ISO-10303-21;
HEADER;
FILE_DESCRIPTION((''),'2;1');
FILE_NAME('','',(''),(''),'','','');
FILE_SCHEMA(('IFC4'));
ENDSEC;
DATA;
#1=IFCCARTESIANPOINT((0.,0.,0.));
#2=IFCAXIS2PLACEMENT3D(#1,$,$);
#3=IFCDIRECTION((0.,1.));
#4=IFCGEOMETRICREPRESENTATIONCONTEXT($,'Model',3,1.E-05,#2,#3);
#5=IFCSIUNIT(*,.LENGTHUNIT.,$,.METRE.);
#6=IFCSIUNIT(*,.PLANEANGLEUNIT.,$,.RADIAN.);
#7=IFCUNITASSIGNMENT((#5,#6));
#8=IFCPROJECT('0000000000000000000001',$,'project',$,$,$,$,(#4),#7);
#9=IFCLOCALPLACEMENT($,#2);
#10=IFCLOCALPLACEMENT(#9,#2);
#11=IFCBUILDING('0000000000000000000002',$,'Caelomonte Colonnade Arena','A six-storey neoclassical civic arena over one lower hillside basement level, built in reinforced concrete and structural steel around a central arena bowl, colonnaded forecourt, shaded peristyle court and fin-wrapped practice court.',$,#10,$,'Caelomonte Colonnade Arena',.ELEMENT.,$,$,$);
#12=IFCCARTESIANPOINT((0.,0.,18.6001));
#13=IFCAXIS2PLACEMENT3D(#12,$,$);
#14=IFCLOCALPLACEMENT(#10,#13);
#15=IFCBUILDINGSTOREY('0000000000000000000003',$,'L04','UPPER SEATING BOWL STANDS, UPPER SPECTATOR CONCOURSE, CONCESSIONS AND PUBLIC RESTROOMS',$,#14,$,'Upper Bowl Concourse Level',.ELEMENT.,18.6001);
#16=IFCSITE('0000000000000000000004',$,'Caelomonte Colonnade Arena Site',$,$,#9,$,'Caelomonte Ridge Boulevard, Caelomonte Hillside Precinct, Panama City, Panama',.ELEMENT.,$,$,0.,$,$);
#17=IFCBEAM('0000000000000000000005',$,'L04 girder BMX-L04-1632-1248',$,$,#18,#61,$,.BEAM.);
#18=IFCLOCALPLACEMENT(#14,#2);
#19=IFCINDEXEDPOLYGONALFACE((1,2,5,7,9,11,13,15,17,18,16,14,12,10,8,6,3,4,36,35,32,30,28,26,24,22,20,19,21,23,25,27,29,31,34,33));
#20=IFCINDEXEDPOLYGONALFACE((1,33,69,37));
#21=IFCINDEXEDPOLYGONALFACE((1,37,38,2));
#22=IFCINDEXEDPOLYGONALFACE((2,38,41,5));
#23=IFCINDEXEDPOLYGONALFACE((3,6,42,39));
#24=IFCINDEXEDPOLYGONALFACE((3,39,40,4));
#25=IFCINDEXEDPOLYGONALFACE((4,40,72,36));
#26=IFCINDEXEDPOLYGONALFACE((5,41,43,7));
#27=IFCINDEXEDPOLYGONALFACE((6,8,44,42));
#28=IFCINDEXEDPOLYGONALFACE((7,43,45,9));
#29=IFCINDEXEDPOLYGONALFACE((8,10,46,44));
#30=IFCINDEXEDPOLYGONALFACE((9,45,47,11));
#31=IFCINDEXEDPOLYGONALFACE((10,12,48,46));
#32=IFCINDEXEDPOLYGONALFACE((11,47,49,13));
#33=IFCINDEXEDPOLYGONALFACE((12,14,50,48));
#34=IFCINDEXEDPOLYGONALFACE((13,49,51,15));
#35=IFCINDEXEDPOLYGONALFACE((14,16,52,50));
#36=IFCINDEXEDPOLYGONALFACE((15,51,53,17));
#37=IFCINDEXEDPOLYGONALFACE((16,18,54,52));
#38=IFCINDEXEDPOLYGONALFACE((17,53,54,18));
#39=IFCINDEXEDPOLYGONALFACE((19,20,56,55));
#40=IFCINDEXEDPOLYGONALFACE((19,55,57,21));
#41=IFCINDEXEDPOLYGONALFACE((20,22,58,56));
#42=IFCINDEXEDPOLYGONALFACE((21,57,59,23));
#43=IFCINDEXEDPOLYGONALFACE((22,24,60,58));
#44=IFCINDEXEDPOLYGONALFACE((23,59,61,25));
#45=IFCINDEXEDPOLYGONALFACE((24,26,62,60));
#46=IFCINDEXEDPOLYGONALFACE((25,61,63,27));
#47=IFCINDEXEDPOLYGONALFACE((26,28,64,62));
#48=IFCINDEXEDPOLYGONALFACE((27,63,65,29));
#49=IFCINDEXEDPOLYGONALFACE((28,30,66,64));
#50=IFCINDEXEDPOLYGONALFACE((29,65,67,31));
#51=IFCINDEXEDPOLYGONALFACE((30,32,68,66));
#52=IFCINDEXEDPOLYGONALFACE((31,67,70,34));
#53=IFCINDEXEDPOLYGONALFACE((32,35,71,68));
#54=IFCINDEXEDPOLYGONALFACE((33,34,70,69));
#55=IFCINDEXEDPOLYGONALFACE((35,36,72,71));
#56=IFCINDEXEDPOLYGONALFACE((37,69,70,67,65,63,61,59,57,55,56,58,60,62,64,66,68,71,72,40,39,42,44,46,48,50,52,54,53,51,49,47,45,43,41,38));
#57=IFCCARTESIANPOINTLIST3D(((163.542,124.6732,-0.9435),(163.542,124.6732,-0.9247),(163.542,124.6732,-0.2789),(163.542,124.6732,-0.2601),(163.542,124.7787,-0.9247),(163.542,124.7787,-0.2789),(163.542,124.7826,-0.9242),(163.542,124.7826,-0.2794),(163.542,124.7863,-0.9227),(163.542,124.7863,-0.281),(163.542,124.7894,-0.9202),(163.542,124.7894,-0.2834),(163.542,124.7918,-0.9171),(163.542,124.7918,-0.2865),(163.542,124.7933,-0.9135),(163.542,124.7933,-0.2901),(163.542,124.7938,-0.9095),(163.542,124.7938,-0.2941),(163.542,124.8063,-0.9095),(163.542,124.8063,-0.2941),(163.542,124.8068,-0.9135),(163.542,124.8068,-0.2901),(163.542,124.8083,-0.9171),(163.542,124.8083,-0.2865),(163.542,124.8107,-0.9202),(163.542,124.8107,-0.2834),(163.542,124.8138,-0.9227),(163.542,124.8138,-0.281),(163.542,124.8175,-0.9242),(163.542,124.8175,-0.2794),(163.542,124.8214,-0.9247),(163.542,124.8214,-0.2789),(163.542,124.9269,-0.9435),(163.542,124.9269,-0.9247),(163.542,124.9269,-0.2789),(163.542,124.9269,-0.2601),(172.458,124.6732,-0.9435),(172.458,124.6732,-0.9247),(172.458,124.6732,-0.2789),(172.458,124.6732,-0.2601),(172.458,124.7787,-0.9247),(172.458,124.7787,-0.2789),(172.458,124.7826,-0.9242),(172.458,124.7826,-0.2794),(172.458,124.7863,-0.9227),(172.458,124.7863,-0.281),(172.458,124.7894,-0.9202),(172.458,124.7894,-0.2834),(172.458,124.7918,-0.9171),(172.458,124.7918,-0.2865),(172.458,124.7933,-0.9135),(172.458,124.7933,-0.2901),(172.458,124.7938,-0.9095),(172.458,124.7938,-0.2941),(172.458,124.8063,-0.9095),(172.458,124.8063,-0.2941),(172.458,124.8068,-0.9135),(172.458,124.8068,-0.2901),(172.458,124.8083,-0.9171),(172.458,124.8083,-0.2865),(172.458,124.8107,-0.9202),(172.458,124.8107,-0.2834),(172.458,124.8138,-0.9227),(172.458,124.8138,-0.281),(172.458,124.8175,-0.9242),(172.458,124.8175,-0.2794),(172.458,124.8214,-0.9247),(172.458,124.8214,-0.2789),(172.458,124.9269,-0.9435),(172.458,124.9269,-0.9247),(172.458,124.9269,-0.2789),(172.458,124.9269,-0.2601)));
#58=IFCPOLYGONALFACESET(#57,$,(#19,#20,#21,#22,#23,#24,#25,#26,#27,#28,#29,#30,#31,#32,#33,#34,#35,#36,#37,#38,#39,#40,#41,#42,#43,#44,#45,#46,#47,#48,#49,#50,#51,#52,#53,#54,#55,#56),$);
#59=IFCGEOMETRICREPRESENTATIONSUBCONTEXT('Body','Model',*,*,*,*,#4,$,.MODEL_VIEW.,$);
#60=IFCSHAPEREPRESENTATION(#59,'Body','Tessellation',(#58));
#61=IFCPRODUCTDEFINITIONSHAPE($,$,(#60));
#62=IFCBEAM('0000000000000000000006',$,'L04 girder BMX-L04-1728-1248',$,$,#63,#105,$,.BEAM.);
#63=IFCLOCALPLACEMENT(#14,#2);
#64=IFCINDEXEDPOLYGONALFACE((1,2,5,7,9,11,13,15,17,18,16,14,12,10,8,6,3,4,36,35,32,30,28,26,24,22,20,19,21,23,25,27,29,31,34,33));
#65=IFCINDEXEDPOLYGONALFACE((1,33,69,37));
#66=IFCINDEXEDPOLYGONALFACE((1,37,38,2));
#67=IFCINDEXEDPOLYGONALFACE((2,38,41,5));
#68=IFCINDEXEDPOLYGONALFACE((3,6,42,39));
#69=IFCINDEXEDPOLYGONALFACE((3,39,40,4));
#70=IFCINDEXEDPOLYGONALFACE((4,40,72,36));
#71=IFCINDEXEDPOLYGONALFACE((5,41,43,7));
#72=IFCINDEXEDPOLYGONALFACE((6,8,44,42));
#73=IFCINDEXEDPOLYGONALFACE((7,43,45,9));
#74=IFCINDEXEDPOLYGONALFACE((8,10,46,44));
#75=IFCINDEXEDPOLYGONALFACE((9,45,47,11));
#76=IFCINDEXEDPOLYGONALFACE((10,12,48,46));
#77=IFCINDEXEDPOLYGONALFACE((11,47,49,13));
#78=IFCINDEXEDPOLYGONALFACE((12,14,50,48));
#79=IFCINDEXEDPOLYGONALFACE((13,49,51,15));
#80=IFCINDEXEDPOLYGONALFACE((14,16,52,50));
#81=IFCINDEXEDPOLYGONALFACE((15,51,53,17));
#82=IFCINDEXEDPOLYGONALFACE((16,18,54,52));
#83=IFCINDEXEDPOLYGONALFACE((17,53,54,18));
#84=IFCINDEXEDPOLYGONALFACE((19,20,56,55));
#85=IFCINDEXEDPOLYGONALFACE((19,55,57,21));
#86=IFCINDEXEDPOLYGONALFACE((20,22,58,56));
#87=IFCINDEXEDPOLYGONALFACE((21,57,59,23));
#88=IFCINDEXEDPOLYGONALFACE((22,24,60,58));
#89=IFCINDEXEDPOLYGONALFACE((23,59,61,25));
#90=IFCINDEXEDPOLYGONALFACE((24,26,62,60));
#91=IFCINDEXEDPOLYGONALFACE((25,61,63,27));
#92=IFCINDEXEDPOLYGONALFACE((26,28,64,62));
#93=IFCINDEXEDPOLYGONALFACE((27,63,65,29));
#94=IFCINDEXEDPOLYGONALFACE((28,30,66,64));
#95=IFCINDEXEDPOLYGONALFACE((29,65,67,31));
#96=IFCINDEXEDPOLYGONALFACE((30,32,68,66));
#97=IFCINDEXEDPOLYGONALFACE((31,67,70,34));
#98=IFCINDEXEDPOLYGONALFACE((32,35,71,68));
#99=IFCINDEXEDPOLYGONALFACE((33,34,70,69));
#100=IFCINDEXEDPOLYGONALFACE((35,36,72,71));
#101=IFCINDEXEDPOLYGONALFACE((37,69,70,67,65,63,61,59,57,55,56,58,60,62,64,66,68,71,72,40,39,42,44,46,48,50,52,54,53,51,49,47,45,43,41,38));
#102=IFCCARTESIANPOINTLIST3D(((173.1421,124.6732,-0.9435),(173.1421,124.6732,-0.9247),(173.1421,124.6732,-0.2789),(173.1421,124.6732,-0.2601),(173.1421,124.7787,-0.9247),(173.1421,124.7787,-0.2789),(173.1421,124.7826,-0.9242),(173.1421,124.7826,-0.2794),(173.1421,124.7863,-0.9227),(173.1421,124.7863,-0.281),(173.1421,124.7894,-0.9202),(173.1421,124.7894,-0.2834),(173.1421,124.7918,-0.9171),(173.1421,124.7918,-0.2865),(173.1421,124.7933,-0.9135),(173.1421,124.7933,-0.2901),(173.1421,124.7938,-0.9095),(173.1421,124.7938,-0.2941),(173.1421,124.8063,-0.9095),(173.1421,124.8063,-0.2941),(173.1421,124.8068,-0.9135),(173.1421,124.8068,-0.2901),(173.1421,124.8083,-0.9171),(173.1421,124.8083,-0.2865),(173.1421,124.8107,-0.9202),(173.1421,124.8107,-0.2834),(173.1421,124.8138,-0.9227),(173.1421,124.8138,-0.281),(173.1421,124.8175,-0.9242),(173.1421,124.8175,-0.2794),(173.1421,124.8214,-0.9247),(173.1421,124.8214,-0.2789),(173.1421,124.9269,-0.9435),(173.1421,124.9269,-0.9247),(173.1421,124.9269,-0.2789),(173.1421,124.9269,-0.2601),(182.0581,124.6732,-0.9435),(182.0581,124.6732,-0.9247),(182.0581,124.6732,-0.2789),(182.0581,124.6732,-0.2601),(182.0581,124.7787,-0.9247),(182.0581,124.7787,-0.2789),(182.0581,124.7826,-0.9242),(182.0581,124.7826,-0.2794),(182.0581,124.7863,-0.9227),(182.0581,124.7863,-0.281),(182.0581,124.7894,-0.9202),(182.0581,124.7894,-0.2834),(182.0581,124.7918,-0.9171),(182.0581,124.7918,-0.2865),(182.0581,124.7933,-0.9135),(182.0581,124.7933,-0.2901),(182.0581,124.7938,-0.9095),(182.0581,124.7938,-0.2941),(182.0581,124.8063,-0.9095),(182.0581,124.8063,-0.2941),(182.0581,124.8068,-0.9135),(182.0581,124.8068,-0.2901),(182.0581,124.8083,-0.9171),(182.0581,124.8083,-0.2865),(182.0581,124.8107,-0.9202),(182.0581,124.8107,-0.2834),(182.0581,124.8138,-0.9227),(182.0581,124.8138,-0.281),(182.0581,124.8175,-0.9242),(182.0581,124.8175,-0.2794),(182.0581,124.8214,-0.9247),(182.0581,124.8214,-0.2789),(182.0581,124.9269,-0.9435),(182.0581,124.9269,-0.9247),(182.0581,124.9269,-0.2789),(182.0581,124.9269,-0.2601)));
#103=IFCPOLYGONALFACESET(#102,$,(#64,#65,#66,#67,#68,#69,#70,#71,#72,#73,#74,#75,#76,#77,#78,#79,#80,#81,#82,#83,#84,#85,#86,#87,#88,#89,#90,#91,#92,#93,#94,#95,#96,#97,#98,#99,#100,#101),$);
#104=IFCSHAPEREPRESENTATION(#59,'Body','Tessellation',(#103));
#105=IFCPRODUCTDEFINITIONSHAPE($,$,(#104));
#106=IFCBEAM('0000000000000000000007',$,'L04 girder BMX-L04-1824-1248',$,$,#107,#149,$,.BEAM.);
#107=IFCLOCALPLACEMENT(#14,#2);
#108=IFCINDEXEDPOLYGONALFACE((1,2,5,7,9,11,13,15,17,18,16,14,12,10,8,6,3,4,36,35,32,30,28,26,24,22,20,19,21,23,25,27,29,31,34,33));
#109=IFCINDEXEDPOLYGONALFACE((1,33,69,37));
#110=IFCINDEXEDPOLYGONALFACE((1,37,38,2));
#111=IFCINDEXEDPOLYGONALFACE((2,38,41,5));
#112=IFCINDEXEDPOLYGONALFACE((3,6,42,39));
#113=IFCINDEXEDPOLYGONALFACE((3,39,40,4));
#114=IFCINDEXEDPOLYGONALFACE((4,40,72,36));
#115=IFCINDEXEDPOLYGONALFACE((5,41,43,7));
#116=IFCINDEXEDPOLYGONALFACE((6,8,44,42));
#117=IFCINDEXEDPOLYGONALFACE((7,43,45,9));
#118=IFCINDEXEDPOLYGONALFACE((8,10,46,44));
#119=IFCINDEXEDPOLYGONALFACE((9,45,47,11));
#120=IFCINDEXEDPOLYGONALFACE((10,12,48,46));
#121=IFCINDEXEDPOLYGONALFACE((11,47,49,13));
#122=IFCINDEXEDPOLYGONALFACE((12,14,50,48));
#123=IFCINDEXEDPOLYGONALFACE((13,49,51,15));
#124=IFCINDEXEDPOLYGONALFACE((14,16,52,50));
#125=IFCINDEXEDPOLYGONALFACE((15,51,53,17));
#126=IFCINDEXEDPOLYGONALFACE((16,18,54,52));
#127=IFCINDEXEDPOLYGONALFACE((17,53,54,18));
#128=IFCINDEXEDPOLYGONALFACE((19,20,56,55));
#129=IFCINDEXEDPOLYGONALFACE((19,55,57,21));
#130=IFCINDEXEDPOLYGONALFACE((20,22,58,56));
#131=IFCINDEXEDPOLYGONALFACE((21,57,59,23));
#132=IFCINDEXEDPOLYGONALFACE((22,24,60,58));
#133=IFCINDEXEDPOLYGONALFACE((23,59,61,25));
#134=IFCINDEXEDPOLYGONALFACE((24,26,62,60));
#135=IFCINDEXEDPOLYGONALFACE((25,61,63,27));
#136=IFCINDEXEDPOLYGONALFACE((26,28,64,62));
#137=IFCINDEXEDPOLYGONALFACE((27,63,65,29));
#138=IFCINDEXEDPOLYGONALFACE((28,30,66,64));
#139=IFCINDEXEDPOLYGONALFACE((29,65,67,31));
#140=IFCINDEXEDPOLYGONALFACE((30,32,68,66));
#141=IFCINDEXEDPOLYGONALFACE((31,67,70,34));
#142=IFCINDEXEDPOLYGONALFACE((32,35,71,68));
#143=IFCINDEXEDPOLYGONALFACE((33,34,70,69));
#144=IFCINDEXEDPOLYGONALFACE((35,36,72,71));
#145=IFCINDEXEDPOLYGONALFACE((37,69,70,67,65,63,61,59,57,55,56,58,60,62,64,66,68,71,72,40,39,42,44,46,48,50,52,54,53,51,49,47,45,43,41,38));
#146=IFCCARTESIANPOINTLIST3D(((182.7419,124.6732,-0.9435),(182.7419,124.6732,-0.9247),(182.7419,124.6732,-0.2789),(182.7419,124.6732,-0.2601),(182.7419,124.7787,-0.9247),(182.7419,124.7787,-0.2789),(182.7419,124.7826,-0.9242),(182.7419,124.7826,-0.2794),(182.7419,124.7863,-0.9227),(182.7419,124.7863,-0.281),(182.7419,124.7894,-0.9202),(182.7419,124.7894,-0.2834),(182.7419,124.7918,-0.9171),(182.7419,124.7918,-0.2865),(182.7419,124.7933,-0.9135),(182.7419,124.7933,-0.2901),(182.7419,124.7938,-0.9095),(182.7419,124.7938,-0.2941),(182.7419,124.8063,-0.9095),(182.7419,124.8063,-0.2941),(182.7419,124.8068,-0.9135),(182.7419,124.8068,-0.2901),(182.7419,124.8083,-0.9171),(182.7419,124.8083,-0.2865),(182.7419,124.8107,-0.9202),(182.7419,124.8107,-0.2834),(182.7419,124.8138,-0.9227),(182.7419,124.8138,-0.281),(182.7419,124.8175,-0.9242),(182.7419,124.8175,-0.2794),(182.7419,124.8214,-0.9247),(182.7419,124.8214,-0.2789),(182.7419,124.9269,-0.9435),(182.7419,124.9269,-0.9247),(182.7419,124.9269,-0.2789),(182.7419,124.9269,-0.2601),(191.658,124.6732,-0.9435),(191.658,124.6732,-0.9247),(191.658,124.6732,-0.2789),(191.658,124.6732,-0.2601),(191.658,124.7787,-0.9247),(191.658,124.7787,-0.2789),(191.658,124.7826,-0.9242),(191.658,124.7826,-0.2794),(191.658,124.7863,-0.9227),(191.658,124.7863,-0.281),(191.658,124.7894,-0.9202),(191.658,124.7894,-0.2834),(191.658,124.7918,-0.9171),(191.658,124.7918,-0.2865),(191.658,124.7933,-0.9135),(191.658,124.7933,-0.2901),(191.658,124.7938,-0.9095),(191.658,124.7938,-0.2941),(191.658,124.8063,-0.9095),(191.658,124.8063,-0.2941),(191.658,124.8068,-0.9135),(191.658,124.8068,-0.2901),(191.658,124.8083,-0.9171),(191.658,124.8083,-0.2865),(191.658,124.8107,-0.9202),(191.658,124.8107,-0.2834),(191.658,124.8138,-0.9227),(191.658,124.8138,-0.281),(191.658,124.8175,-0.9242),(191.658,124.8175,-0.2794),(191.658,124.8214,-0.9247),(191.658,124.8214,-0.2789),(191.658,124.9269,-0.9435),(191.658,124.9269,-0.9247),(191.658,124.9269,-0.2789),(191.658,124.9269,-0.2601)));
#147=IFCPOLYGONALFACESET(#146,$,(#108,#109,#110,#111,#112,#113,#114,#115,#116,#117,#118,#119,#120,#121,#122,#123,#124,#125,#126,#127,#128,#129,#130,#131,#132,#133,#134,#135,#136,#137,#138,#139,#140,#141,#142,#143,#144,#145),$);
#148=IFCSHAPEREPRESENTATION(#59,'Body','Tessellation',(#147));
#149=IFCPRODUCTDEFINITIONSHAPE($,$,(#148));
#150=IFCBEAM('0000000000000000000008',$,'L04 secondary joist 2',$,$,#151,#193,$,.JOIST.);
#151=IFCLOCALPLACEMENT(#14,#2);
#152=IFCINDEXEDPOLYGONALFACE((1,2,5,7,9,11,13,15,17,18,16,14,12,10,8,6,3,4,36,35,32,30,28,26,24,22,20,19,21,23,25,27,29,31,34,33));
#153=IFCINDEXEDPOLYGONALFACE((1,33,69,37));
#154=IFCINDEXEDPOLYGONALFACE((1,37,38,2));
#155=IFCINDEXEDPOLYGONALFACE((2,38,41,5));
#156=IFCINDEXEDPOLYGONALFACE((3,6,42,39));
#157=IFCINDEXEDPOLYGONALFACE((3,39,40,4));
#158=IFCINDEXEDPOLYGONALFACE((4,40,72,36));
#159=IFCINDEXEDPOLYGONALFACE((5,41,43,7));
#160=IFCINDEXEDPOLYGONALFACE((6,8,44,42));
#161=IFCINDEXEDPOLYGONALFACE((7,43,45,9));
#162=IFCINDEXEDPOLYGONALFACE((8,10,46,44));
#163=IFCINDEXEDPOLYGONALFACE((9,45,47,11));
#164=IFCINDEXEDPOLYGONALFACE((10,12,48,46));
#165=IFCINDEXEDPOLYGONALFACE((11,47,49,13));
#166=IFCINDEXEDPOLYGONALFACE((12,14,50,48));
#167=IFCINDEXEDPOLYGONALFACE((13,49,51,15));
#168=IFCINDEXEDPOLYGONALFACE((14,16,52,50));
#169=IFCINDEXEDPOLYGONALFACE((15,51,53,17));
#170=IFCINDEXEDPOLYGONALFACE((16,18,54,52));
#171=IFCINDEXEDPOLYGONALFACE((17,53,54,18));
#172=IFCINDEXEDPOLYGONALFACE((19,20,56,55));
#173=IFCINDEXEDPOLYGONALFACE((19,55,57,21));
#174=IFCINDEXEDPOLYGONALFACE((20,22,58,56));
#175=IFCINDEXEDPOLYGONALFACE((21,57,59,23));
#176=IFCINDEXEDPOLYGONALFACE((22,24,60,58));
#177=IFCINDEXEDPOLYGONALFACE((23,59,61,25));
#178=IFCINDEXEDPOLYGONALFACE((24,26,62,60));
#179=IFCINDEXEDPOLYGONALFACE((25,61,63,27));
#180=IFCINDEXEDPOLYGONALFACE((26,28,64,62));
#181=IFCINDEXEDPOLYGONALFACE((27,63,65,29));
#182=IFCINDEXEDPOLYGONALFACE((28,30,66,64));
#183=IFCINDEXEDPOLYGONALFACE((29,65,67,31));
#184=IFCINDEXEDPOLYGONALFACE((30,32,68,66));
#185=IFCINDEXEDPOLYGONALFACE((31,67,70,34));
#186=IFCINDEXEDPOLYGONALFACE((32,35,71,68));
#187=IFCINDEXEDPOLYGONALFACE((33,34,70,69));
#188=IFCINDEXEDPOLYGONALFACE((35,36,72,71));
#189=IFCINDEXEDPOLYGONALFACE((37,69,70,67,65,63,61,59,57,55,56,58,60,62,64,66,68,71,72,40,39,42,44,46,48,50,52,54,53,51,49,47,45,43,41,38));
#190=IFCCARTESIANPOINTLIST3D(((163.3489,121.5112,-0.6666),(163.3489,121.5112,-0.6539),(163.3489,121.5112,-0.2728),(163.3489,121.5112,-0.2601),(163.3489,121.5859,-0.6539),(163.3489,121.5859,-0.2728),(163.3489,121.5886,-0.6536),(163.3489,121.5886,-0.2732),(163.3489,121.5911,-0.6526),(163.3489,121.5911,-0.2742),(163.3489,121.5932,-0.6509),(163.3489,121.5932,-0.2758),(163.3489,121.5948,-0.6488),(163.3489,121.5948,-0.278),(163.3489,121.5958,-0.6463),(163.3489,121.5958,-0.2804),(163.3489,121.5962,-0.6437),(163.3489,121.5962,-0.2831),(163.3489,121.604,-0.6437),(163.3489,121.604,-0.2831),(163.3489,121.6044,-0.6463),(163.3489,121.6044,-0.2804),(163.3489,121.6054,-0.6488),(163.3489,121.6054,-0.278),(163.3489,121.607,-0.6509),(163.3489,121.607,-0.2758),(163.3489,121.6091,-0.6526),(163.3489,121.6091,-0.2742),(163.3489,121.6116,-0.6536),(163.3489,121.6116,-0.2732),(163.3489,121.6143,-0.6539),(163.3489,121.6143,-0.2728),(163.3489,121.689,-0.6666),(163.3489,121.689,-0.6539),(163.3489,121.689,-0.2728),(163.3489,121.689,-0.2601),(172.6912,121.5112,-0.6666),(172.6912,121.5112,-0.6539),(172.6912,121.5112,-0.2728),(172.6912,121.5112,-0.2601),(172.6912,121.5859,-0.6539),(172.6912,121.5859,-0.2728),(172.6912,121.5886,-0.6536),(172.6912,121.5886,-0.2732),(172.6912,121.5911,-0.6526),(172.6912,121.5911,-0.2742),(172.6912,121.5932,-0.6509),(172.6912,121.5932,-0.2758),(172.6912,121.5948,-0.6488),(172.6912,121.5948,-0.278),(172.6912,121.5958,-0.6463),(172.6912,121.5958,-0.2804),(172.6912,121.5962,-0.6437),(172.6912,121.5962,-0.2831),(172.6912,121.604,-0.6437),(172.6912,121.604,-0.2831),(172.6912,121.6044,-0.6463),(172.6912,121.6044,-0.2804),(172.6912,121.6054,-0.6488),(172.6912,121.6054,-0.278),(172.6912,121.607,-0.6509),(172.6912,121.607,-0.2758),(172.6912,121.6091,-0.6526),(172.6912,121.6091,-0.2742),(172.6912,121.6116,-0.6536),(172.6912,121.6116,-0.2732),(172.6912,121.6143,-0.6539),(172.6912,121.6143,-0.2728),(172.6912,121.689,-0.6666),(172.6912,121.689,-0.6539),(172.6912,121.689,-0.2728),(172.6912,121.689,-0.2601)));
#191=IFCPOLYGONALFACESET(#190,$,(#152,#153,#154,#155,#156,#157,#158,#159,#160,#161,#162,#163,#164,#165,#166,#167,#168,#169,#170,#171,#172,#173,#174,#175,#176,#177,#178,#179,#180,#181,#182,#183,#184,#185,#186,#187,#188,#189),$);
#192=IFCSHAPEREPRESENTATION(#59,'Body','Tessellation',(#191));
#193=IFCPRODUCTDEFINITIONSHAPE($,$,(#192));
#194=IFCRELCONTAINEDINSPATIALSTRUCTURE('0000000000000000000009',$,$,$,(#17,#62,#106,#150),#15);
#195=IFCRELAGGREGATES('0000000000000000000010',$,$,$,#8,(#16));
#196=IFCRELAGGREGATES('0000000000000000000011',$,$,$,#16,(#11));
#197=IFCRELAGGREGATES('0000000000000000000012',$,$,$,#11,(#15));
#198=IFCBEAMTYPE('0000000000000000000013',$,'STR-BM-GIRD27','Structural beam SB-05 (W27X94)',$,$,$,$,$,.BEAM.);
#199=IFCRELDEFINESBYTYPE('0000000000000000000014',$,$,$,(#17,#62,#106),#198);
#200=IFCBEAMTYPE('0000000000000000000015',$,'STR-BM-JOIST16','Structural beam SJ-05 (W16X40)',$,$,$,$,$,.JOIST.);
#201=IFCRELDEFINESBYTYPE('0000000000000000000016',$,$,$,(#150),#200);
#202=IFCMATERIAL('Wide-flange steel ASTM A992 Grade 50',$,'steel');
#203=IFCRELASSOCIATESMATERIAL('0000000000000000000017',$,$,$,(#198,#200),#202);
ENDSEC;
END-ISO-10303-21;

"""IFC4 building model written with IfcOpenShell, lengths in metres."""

from ifc_helpers import new_model, si_unit, direction, frame, origin, origin_2d, place, context, subcontext, project, spatial, i_section, extrude, material, material_profile, profile_set, type_object, element, save


model = new_model("IFC4")

# Units and contexts
model_context = context("Model", 3, precision=1e-05, world=origin(), true_north=direction((0.0, 1.0)))
body_context = subcontext(model_context, "Body", "Model", "MODEL_VIEW")
ifc_project = project(units=[si_unit("LENGTHUNIT", "METRE"), si_unit("PLANEANGLEUNIT", "RADIAN")], contexts=[model_context])

# Site, building, storey
site_placement = place(None, origin())
site = spatial("IfcSite", under=ifc_project, at=site_placement, Name="Caelomonte Colonnade Arena Site", LongName="Caelomonte Ridge Boulevard, Caelomonte Hillside Precinct, Panama City, Panama", CompositionType="ELEMENT", RefElevation=0.0)
building_placement = place(site_placement, origin())
building = spatial("IfcBuilding", under=site, at=building_placement, Name="Caelomonte Colonnade Arena", Description="A six-storey neoclassical civic arena over one lower hillside basement level, built in reinforced concrete and structural steel around a central arena bowl, colonnaded forecourt, shaded peristyle court and fin-wrapped practice court.", LongName="Caelomonte Colonnade Arena", CompositionType="ELEMENT")
storey_placement = place(building_placement, frame((0.0, 0.0, 18.6001)))
storey = spatial("IfcBuildingStorey", under=building, at=storey_placement, Name="L04", Description="UPPER SEATING BOWL STANDS, UPPER SPECTATOR CONCOURSE, CONCESSIONS AND PUBLIC RESTROOMS", LongName="Upper Bowl Concourse Level", CompositionType="ELEMENT", Elevation=18.6001)

# Shared definitions
ifc_material_1 = material(Name="Wide-flange steel ASTM A992 Grade 50", Category="steel")

# Beams
ifc_material_profile_1 = material_profile(ifc_material_1, i_section(OverallWidth=0.2537, OverallDepth=0.6833, WebThickness=0.0125, FlangeThickness=0.0188, FilletRadius=0.0151, at=origin_2d()), Name="W27X94")
ifc_profile_set_1 = profile_set([ifc_material_profile_1], Name="Wide-flange steel ASTM A992 Grade 50")
beam_type_1 = type_object("IfcBeamType", Name="STR-BM-GIRD27", Description="Structural beam SB-05 (W27X94)", PredefinedType="BEAM", material=ifc_profile_set_1)
for number, where, z_axis, x_axis, name in (
    (1, (163.542, 124.8, -0.6018), (1.0, 0.0, 0.0), (0.0, 1.0, 0.0), "L04 girder BMX-L04-1632-1248"),
    (2, (173.1421, 124.8, -0.6018), (1.0, 0.0, 0.0), (0.0, 1.0, 0.0), "L04 girder BMX-L04-1728-1248"),
    (3, (182.7419, 124.8, -0.6018), (1.0, 0.0, 0.0), (0.0, 1.0, 0.0), "L04 girder BMX-L04-1824-1248"),
):
    element("IfcBeam", number, at=place(storey_placement, frame(where, z_axis=z_axis, x_axis=x_axis)), inside=storey, type_object=beam_type_1, Name=name, PredefinedType="BEAM", context=body_context, shape_type="SweptSolid", body=[
        extrude(i_section(OverallWidth=0.2537, OverallDepth=0.6833, WebThickness=0.0125, FlangeThickness=0.0188, FilletRadius=0.0151, at=origin_2d()), origin(), (0.0, 0.0, 1.0), 8.916),
    ])
ifc_material_profile_2 = material_profile(ifc_material_1, i_section(OverallWidth=0.1777, OverallDepth=0.4065, WebThickness=0.0078, FlangeThickness=0.0127, FilletRadius=0.0103, at=origin_2d()), Name="W16X40")
ifc_profile_set_2 = profile_set([ifc_material_profile_2], Name="Wide-flange steel ASTM A992 Grade 50")
beam_type_2 = type_object("IfcBeamType", Name="STR-BM-JOIST16", Description="Structural beam SJ-05 (W16X40)", PredefinedType="JOIST", material=ifc_profile_set_2)
beam_1_placement = place(storey_placement, frame((163.3489, 121.6001, -0.4634), z_axis=(1.0, 0.0, 0.0), x_axis=(0.0, 1.0, 0.0)))
element("IfcBeam", 4, at=beam_1_placement, inside=storey, type_object=beam_type_2, Name="L04 secondary joist 2", PredefinedType="JOIST", context=body_context, shape_type="SweptSolid", body=[
    extrude(i_section(OverallWidth=0.1777, OverallDepth=0.4065, WebThickness=0.0078, FlangeThickness=0.0127, FilletRadius=0.0103, at=origin_2d()), origin(), (0.0, 0.0, 1.0), 9.3423),
])

save(model, "model.ifc")
